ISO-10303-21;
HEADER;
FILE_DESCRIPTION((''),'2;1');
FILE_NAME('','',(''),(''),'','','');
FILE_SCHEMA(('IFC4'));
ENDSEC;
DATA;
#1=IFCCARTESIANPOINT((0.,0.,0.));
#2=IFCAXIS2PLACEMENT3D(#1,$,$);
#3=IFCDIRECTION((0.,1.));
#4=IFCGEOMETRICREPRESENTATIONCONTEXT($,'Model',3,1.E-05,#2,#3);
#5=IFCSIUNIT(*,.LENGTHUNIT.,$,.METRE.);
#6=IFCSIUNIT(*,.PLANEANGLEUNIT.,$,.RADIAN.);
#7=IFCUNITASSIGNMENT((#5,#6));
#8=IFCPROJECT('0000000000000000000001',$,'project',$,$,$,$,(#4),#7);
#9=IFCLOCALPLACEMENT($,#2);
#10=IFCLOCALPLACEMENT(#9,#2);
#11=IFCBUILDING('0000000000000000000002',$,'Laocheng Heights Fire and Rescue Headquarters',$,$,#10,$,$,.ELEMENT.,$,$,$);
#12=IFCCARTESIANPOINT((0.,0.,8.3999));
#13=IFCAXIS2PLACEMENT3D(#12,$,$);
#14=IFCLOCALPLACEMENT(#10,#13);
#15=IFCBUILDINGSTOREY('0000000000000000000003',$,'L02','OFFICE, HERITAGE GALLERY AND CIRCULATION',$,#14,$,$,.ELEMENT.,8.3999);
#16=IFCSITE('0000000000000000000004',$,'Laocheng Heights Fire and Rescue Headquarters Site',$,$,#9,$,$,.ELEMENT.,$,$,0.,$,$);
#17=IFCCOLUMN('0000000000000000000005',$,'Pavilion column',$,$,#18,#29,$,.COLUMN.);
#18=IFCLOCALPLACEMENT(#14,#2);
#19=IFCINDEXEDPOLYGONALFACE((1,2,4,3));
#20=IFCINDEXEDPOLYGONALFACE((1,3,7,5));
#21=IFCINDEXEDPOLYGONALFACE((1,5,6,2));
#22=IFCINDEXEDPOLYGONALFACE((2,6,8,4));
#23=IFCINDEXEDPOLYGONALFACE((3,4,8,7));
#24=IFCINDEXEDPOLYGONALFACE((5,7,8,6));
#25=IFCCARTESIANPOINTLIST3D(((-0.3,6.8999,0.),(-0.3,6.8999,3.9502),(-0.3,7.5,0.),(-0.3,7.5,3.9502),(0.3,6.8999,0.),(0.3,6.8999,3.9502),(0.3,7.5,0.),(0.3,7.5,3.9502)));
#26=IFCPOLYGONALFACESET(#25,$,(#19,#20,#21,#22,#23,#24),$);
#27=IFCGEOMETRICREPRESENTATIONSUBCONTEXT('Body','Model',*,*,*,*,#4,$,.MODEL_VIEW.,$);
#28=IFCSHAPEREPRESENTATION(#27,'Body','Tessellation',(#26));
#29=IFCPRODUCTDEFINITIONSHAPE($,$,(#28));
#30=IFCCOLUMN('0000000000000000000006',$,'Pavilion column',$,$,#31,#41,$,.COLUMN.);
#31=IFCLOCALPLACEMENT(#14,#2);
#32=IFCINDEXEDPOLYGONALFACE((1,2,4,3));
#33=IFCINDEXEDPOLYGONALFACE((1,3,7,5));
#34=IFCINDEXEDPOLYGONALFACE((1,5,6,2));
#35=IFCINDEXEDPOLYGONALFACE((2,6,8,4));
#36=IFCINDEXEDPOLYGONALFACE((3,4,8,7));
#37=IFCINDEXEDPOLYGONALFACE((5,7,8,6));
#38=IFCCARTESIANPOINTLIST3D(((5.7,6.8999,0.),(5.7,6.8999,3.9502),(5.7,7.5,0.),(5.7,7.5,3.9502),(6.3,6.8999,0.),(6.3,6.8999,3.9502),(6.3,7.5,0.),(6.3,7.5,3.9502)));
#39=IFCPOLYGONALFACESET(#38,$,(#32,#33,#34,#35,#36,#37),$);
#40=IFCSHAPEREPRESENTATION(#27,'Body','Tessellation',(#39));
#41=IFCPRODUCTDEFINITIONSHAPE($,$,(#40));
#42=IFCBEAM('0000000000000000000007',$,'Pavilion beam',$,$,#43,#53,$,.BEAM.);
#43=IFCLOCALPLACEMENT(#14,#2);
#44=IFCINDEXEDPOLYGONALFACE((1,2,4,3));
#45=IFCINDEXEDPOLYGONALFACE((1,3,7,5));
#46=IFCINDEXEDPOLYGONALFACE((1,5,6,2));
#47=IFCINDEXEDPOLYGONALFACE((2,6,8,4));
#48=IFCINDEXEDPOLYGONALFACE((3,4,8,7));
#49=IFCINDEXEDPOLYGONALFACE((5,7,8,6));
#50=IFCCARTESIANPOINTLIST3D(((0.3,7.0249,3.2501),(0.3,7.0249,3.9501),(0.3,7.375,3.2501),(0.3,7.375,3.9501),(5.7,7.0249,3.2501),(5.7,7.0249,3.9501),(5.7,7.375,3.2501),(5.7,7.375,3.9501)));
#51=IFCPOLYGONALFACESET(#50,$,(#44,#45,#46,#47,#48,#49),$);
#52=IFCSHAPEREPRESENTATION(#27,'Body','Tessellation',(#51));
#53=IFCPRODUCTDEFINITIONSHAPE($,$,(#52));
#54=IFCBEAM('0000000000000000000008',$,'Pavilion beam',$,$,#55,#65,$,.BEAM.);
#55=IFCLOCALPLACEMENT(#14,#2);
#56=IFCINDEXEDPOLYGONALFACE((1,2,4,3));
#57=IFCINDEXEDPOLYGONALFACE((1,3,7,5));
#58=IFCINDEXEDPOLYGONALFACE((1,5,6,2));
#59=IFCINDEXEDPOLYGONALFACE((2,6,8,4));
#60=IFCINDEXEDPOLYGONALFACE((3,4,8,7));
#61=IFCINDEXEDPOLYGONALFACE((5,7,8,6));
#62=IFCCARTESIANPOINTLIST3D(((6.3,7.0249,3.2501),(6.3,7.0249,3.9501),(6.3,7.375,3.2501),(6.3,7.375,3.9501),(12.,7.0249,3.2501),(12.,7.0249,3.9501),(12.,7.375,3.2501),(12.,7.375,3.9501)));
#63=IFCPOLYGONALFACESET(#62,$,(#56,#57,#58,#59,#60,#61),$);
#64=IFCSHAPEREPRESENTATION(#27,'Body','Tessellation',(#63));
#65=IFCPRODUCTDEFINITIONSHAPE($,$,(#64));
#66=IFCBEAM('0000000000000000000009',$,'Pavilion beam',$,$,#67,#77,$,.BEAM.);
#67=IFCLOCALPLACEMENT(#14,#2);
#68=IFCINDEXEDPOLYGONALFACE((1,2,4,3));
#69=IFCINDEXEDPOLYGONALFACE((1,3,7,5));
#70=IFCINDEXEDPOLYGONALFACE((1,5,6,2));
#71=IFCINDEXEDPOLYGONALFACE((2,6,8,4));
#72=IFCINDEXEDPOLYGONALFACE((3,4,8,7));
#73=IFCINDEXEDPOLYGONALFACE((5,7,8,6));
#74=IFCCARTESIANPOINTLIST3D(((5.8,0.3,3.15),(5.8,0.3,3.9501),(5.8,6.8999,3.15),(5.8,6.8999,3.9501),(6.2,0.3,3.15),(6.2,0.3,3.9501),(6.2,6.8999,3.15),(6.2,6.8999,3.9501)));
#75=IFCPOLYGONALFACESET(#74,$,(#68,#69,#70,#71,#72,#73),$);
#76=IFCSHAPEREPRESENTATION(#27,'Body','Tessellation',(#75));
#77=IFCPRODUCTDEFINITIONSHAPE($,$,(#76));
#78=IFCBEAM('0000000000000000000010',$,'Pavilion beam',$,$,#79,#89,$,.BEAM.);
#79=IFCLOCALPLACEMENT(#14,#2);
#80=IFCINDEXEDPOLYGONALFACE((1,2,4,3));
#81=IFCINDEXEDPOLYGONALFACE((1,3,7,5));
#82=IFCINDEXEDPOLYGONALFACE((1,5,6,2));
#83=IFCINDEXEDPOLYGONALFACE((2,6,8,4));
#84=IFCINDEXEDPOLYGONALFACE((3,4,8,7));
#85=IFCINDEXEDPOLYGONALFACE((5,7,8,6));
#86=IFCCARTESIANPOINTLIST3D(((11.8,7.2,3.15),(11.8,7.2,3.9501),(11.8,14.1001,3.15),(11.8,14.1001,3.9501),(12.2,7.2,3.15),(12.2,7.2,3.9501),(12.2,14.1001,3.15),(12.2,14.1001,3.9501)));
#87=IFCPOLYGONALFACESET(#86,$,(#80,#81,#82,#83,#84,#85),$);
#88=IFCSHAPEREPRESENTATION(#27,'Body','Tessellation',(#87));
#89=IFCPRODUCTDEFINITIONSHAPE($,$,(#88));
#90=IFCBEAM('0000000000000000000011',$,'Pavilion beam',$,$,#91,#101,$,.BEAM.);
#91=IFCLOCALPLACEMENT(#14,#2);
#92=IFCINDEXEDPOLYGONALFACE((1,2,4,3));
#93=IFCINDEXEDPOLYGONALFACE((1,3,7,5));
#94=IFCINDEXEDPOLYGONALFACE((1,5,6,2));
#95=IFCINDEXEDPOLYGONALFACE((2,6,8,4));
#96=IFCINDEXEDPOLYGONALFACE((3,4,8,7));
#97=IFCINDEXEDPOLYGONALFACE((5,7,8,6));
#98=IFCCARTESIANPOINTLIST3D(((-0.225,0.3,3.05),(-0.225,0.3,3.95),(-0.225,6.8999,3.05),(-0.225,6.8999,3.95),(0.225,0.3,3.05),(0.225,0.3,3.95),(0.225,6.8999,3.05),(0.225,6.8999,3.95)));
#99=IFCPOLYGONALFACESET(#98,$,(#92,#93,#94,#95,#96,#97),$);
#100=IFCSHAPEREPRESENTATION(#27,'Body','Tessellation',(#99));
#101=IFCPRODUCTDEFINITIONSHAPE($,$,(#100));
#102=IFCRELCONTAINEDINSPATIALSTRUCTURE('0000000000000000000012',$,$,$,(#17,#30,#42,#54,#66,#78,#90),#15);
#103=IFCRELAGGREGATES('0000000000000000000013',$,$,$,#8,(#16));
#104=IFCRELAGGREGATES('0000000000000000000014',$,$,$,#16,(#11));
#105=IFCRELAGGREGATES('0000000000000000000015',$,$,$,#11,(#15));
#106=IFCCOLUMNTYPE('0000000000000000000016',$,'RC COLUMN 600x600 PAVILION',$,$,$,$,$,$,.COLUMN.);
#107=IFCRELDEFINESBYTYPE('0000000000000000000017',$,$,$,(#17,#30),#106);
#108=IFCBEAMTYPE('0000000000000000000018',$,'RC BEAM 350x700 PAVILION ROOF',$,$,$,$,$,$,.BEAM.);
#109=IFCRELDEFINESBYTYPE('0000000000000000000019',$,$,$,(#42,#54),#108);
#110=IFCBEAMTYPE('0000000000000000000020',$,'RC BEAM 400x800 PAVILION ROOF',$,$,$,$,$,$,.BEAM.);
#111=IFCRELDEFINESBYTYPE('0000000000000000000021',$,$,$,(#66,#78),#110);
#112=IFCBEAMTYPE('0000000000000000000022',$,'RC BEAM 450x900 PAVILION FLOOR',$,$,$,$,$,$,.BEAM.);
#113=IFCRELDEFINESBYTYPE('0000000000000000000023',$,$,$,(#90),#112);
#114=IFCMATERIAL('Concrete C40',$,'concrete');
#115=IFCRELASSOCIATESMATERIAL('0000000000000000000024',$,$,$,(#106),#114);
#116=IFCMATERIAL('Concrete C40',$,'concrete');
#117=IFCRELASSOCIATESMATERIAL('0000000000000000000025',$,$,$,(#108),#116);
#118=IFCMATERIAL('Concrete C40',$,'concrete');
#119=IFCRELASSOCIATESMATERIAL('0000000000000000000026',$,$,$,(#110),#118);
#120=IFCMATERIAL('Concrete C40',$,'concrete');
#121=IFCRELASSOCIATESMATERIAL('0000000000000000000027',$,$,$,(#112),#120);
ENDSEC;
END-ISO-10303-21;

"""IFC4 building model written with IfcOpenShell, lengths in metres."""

from ifc_helpers import new_model, si_unit, direction, frame, origin, origin_2d, place, context, subcontext, project, spatial, rectangle, extrude, material, material_profile, profile_set, type_object, element, save


model = new_model("IFC4")

# Units and contexts
model_context = context("Model", 3, precision=1e-05, world=origin(), true_north=direction((0.0, 1.0)))
body_context = subcontext(model_context, "Body", "Model", "MODEL_VIEW")
ifc_project = project(units=[si_unit("LENGTHUNIT", "METRE"), si_unit("PLANEANGLEUNIT", "RADIAN")], contexts=[model_context])

# Site, building, storey
site_placement = place(None, origin())
site = spatial("IfcSite", under=ifc_project, at=site_placement, Name="Laocheng Heights Fire and Rescue Headquarters Site", CompositionType="ELEMENT", RefElevation=0.0)
building_placement = place(site_placement, origin())
building = spatial("IfcBuilding", under=site, at=building_placement, Name="Laocheng Heights Fire and Rescue Headquarters", CompositionType="ELEMENT")
storey_placement = place(building_placement, frame((0.0, 0.0, 8.3999)))
storey = spatial("IfcBuildingStorey", under=building, at=storey_placement, Name="L02", Description="OFFICE, HERITAGE GALLERY AND CIRCULATION", CompositionType="ELEMENT", Elevation=8.3999)

# Columns
ifc_material_1 = material(Name="Concrete C40", Category="concrete")
ifc_material_profile_1 = material_profile(ifc_material_1, rectangle(XDim=0.6001, YDim=0.6001, at=origin_2d()), Name="RC COLUMN 600x600 PAVILION")
ifc_profile_set_1 = profile_set([ifc_material_profile_1], Name="Concrete C40")
column_type = type_object("IfcColumnType", Name="RC COLUMN 600x600 PAVILION", PredefinedType="COLUMN", material=ifc_profile_set_1)
for number, where, z_axis, x_axis, name in (
    (1, (0.0, 7.2, 0.0), (0.0, 0.0, 1.0), (1.0, 0.0, 0.0), "Pavilion column"),
    (2, (6.0, 7.2, 0.0), (0.0, 0.0, 1.0), (1.0, 0.0, 0.0), "Pavilion column"),
):
    element("IfcColumn", number, at=place(storey_placement, frame(where, z_axis=z_axis, x_axis=x_axis)), inside=storey, type_object=column_type, Name=name, PredefinedType="COLUMN", context=body_context, shape_type="SweptSolid", body=[
        extrude(rectangle(XDim=0.6001, YDim=0.6001, at=origin_2d()), origin(), (0.0, 0.0, 1.0), 3.9502),
    ])

# Beams
ifc_material_2 = material(Name="Concrete C40", Category="concrete")
ifc_material_profile_2 = material_profile(ifc_material_2, rectangle(XDim=0.3501, YDim=0.7, at=origin_2d()), Name="RC BEAM 350x700 PAVILION ROOF")
ifc_profile_set_2 = profile_set([ifc_material_profile_2], Name="Concrete C40")
beam_type_1 = type_object("IfcBeamType", Name="RC BEAM 350x700 PAVILION ROOF", PredefinedType="BEAM", material=ifc_profile_set_2)
beam_1_placement = place(storey_placement, frame((0.3, 7.2, 3.6001), z_axis=(1.0, 0.0, 0.0), x_axis=(0.0, 1.0, 0.0)))
element("IfcBeam", 3, at=beam_1_placement, inside=storey, type_object=beam_type_1, Name="Pavilion beam", PredefinedType="BEAM", context=body_context, shape_type="SweptSolid", body=[
    extrude(rectangle(XDim=0.3501, YDim=0.7, at=origin_2d()), origin(), (0.0, 0.0, 1.0), 5.3999),
])
beam_2_placement = place(storey_placement, frame((6.3, 7.2, 3.6001), z_axis=(1.0, 0.0, 0.0), x_axis=(0.0, 1.0, 0.0)))
element("IfcBeam", 4, at=beam_2_placement, inside=storey, type_object=beam_type_1, Name="Pavilion beam", PredefinedType="BEAM", context=body_context, shape_type="SweptSolid", body=[
    extrude(rectangle(XDim=0.3501, YDim=0.7, at=origin_2d()), origin(), (0.0, 0.0, 1.0), 5.7),
])
ifc_material_3 = material(Name="Concrete C40", Category="concrete")
ifc_material_profile_3 = material_profile(ifc_material_3, rectangle(XDim=0.3999, YDim=0.8, at=origin_2d()), Name="RC BEAM 400x800 PAVILION ROOF")
ifc_profile_set_3 = profile_set([ifc_material_profile_3], Name="Concrete C40")
beam_type_2 = type_object("IfcBeamType", Name="RC BEAM 400x800 PAVILION ROOF", PredefinedType="BEAM", material=ifc_profile_set_3)
beam_3_placement = place(storey_placement, frame((6.0, 0.3, 3.55), z_axis=(0.0, 1.0, 0.0), x_axis=(-1.0, 0.0, 0.0)))
element("IfcBeam", 5, at=beam_3_placement, inside=storey, type_object=beam_type_2, Name="Pavilion beam", PredefinedType="BEAM", context=body_context, shape_type="SweptSolid", body=[
    extrude(rectangle(XDim=0.3999, YDim=0.8, at=origin_2d()), origin(), (0.0, 0.0, 1.0), 6.5999),
])
beam_4_placement = place(storey_placement, frame((12.0, 7.2, 3.55), z_axis=(0.0, 1.0, 0.0), x_axis=(-1.0, 0.0, 0.0)))
element("IfcBeam", 6, at=beam_4_placement, inside=storey, type_object=beam_type_2, Name="Pavilion beam", PredefinedType="BEAM", context=body_context, shape_type="SweptSolid", body=[
    extrude(rectangle(XDim=0.3999, YDim=0.8, at=origin_2d()), origin(), (0.0, 0.0, 1.0), 6.9001),
])
ifc_material_4 = material(Name="Concrete C40", Category="concrete")
ifc_material_profile_4 = material_profile(ifc_material_4, rectangle(XDim=0.45, YDim=0.8999, at=origin_2d()), Name="RC BEAM 450x900 PAVILION FLOOR")
ifc_profile_set_4 = profile_set([ifc_material_profile_4], Name="Concrete C40")
beam_type_3 = type_object("IfcBeamType", Name="RC BEAM 450x900 PAVILION FLOOR", PredefinedType="BEAM", material=ifc_profile_set_4)
beam_5_placement = place(storey_placement, frame((0.0, 0.3, 3.5), z_axis=(0.0, 1.0, 0.0), x_axis=(-1.0, 0.0, 0.0)))
element("IfcBeam", 7, at=beam_5_placement, inside=storey, type_object=beam_type_3, Name="Pavilion beam", PredefinedType="BEAM", context=body_context, shape_type="SweptSolid", body=[
    extrude(rectangle(XDim=0.45, YDim=0.8999, at=origin_2d()), origin(), (0.0, 0.0, 1.0), 6.5999),
])

save(model, "model.ifc")
